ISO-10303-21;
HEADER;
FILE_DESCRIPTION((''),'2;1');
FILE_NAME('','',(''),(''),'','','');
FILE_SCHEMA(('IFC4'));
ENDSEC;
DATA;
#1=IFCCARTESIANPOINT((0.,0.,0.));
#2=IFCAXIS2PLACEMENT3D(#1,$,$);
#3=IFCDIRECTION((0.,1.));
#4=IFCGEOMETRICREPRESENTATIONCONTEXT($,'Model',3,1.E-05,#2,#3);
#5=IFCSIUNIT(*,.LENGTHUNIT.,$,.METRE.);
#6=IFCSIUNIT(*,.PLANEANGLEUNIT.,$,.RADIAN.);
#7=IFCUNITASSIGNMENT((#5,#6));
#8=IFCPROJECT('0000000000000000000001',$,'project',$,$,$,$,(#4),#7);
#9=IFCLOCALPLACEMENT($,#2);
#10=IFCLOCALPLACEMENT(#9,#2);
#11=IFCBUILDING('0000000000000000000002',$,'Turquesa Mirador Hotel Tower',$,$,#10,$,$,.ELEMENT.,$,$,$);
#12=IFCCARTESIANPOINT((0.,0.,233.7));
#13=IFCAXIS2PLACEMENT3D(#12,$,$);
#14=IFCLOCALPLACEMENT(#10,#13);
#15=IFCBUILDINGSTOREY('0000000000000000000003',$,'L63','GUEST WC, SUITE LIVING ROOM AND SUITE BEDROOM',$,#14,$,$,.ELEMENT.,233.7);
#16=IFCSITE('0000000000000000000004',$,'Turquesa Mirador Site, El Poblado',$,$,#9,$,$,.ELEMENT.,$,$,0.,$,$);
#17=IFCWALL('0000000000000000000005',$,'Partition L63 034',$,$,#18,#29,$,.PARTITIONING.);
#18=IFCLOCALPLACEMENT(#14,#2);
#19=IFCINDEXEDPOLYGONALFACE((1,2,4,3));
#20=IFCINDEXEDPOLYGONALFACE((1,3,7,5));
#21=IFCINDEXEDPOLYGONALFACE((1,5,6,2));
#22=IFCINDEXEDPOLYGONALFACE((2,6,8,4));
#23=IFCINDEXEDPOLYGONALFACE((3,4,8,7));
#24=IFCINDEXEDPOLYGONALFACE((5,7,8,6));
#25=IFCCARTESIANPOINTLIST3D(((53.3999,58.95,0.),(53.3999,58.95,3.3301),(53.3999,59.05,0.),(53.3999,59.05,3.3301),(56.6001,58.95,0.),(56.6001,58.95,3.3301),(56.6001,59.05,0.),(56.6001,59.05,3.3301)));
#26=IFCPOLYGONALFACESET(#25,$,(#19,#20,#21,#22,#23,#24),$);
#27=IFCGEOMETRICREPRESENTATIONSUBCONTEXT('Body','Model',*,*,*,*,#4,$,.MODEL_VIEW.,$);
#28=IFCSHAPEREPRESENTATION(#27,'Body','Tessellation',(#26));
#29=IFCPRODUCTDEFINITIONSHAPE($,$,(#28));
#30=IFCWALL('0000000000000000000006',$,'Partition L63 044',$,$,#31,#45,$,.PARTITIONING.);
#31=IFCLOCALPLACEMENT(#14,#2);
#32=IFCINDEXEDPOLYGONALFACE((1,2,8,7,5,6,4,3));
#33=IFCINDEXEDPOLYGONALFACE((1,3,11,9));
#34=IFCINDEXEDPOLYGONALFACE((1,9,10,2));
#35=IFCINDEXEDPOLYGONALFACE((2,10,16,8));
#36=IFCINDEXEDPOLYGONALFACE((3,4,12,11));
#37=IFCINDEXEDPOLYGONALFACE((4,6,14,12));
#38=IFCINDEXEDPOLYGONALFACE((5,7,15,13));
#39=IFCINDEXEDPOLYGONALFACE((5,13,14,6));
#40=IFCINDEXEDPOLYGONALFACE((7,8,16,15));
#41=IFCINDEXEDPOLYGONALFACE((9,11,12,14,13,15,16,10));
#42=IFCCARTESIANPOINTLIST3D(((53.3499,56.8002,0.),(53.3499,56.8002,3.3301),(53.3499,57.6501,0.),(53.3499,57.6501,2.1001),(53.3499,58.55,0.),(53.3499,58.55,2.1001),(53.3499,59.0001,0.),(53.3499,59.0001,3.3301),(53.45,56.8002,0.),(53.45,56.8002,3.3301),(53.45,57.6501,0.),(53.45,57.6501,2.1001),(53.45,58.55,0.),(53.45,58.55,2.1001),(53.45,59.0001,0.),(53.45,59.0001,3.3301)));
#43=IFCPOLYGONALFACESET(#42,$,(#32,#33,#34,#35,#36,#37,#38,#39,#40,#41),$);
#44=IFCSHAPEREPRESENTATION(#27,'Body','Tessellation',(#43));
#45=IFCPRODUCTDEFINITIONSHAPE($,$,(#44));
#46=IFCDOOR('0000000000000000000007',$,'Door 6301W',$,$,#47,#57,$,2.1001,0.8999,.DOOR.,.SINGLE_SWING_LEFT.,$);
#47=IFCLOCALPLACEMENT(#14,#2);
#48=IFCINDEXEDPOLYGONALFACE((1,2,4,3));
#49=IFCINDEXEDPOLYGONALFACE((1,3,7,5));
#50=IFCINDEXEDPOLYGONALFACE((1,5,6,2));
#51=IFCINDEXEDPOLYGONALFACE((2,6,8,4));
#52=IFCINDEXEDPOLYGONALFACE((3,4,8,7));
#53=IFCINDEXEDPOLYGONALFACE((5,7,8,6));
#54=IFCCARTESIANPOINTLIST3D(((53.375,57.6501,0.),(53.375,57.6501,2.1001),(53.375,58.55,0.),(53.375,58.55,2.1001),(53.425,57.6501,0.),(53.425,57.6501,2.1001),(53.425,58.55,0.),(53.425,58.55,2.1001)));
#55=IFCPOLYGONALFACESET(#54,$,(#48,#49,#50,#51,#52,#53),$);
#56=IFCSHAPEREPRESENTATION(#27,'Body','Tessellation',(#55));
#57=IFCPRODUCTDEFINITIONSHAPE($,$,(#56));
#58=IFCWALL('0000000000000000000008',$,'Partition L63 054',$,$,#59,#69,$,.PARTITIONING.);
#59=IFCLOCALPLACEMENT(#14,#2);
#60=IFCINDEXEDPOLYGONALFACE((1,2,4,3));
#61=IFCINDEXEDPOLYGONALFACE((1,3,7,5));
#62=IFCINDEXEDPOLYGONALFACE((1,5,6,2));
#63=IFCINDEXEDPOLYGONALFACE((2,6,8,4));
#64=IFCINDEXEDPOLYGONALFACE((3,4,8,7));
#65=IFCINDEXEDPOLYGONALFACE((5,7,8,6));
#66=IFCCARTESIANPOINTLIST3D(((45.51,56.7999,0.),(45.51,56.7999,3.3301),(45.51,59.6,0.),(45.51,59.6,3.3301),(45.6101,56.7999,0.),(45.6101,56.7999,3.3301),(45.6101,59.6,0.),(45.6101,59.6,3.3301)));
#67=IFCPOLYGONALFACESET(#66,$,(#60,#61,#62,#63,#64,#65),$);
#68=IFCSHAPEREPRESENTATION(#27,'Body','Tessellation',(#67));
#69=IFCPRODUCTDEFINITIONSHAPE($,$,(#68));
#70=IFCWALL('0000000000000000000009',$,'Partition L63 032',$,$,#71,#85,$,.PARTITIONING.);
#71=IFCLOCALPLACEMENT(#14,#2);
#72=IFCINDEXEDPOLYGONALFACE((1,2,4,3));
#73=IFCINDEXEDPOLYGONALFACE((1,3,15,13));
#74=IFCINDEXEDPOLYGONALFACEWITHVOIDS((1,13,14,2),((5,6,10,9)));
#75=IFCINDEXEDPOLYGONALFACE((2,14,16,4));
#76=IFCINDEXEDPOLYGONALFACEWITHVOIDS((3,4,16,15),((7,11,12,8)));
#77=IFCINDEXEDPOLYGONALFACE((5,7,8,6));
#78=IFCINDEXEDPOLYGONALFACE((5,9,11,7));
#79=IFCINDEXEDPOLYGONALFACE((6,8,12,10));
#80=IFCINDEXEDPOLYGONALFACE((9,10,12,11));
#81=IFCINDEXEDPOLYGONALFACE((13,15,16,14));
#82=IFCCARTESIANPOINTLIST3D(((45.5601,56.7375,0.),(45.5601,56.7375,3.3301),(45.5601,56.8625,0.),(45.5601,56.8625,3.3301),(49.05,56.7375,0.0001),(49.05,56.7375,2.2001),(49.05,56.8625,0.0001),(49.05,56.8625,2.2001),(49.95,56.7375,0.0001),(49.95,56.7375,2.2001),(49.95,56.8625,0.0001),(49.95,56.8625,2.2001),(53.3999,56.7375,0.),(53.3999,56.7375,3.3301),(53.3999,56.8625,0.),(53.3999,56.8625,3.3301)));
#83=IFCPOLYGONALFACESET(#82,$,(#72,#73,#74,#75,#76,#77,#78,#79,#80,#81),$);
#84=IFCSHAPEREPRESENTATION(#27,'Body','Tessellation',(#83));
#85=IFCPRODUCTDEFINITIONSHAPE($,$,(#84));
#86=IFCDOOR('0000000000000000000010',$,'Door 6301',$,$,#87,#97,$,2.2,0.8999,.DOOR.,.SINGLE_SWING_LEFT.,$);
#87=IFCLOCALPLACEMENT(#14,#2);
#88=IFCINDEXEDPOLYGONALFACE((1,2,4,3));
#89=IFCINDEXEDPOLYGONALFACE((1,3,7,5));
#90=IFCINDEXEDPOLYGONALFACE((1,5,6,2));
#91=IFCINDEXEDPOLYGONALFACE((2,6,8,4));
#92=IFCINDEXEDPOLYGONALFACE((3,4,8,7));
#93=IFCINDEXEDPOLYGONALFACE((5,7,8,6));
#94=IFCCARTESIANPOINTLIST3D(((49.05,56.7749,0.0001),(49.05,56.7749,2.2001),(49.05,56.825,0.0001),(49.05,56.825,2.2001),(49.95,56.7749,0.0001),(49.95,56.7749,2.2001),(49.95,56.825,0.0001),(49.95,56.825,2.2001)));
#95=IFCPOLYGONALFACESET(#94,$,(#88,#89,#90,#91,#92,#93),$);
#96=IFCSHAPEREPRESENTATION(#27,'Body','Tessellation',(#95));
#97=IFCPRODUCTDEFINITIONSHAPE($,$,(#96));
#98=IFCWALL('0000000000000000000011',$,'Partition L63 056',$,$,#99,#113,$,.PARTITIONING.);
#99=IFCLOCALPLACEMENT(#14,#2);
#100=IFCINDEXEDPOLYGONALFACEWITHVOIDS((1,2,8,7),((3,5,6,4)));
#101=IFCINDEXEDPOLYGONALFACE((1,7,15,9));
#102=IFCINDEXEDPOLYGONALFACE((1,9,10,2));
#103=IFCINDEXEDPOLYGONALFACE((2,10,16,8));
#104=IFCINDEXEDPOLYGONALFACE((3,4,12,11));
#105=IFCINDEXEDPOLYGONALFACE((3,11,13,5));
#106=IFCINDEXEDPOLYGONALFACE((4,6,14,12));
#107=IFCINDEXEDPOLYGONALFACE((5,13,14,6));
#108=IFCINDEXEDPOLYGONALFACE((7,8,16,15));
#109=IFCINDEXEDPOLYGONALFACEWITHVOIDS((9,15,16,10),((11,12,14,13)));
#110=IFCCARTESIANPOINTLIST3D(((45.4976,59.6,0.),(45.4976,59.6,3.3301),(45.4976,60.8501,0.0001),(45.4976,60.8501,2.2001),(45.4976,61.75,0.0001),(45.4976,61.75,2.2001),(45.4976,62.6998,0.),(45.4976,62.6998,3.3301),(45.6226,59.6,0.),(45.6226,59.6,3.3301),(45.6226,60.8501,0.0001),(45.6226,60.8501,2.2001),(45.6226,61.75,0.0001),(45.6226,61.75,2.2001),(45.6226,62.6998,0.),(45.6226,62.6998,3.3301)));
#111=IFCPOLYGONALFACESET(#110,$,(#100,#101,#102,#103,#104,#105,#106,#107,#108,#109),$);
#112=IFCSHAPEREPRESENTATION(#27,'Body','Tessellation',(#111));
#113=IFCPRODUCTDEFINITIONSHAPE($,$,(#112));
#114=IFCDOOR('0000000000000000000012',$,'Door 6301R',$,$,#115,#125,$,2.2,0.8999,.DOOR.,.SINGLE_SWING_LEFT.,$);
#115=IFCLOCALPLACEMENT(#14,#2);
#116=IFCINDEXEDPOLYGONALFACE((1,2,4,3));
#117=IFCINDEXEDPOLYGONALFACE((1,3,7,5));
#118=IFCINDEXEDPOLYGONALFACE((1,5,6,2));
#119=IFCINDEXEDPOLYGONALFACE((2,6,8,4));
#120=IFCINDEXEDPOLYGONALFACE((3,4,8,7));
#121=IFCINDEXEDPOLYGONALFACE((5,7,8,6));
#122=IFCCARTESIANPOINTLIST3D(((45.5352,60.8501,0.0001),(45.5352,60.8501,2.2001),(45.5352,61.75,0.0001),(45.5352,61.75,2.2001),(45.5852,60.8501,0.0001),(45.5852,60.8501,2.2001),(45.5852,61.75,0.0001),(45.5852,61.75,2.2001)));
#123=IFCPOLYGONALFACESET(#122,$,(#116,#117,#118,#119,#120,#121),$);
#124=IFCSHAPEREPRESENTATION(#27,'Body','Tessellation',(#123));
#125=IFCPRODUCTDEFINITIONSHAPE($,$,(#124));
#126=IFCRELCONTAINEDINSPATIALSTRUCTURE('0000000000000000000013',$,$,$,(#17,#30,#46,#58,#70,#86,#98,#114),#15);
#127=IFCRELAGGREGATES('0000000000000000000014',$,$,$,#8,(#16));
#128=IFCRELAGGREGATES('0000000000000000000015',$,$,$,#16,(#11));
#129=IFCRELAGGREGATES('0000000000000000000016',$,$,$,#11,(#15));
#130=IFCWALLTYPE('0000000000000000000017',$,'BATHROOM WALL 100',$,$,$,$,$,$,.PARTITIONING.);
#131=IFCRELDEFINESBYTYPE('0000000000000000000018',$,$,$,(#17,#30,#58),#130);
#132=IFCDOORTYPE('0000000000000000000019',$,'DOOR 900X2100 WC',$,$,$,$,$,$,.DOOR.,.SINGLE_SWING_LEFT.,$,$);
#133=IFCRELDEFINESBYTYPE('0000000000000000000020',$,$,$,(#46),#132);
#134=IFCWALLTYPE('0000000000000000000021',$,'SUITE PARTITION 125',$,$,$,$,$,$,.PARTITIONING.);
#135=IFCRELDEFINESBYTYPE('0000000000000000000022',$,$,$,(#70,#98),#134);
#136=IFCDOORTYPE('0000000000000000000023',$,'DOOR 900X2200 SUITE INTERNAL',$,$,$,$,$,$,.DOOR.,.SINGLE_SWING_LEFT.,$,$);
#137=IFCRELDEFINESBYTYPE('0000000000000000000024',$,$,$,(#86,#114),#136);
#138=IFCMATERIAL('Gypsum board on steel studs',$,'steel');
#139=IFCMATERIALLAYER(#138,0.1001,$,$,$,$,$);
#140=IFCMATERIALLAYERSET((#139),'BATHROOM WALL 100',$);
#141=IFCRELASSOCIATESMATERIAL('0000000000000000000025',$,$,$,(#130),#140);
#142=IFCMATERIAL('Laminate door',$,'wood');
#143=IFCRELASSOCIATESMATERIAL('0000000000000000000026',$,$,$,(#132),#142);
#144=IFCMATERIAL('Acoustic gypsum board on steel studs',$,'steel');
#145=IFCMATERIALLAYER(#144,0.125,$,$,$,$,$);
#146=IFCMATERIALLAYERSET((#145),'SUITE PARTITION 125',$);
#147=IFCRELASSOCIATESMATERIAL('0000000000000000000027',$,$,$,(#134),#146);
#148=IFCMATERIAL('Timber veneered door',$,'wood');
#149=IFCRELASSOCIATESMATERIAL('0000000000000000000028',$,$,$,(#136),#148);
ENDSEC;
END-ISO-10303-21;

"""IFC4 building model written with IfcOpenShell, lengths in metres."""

from ifc_helpers import new_model, si_unit, direction, frame, frame_2d, origin, place, context, subcontext, project, spatial, rectangle, extrude, material, layer, layer_set, type_object, element, fill, save


model = new_model("IFC4")

# Units and contexts
model_context = context("Model", 3, precision=1e-05, world=origin(), true_north=direction((0.0, 1.0)))
body_context = subcontext(model_context, "Body", "Model", "MODEL_VIEW")
ifc_project = project(units=[si_unit("LENGTHUNIT", "METRE"), si_unit("PLANEANGLEUNIT", "RADIAN")], contexts=[model_context])

# Site, building, storey
site_placement = place(None, origin())
site = spatial("IfcSite", under=ifc_project, at=site_placement, Name="Turquesa Mirador Site, El Poblado", CompositionType="ELEMENT", RefElevation=0.0)
building_placement = place(site_placement, origin())
building = spatial("IfcBuilding", under=site, at=building_placement, Name="Turquesa Mirador Hotel Tower", CompositionType="ELEMENT")
storey_placement = place(building_placement, frame((0.0, 0.0, 233.7)))
storey = spatial("IfcBuildingStorey", under=building, at=storey_placement, Name="L63", Description="GUEST WC, SUITE LIVING ROOM AND SUITE BEDROOM", CompositionType="ELEMENT", Elevation=233.7)

# Wall
ifc_material_1 = material(Name="Gypsum board on steel studs", Category="steel")
ifc_layer_1 = layer(ifc_material_1, 0.1001)
ifc_layer_set_1 = layer_set([ifc_layer_1], Name="BATHROOM WALL 100")
wall_type_1 = type_object("IfcWallType", Name="BATHROOM WALL 100", PredefinedType="PARTITIONING", material=ifc_layer_set_1)
for number, where, z_axis, x_axis, name in (
    (1, (53.3999, 59.0, 0.0), (0.0, 0.0, 1.0), (1.0, 0.0, 0.0), "Partition L63 034"),
):
    element("IfcWall", number, at=place(storey_placement, frame(where, z_axis=z_axis, x_axis=x_axis)), inside=storey, type_object=wall_type_1, Name=name, PredefinedType="PARTITIONING", context=body_context, shape_type="SweptSolid", body=[
        extrude(rectangle(XDim=3.2002, YDim=0.1001, at=frame_2d((1.6001, 0.0))), origin(), (0.0, 0.0, 1.0), 3.3301),
    ])

# Wall, opening, door
wall_1_placement = place(storey_placement, frame((53.3999, 56.8, 0.0), z_axis=(0.0, 0.0, 1.0), x_axis=(0.0, 1.0, 0.0)))
wall_1 = element("IfcWall", 2, at=wall_1_placement, inside=storey, type_object=wall_type_1, Name="Partition L63 044", PredefinedType="PARTITIONING", context=body_context, shape_type="SweptSolid", body=[
    extrude(rectangle(XDim=2.2, YDim=0.1001, at=frame_2d((1.1001, 0.0))), origin(), (0.0, 0.0, 1.0), 3.3301),
])
opening_1_placement = place(wall_1_placement, frame((0.8501, 0.0, 0.0)))
opening_1 = element("IfcOpeningElement", 3, at=opening_1_placement, cuts=wall_1, PredefinedType="OPENING", context=body_context, shape_type="SweptSolid", body=[
    extrude(rectangle(XDim=0.8999, YDim=2.1001, at=frame_2d((0.45, 1.05))), frame((0.0, 0.0601, 0.0), z_axis=(0.0, -1.0, 0.0), x_axis=(1.0, 0.0, 0.0)), (0.0, 0.0, 1.0), 0.1201),
])
ifc_material_2 = material(Name="Laminate door", Category="wood")
door_type_1 = type_object("IfcDoorType", Name="DOOR 900X2100 WC", OperationType="SINGLE_SWING_LEFT", PredefinedType="DOOR", material=ifc_material_2)
door_1_placement = place(opening_1_placement, origin())
door_1 = element("IfcDoor", 4, at=door_1_placement, inside=storey, type_object=door_type_1, Name="Door 6301W", OperationType="SINGLE_SWING_LEFT", OverallHeight=2.1001, OverallWidth=0.8999, PredefinedType="DOOR", context=body_context, shape_type="SweptSolid", body=[
    extrude(rectangle(XDim=0.8999, YDim=2.1001, at=frame_2d((0.45, 1.05))), frame((0.0, 0.0249, 0.0), z_axis=(0.0, -1.0, 0.0), x_axis=(1.0, 0.0, 0.0)), (0.0, 0.0, 1.0), 0.05),
])
fill(opening_1, door_1)

# Wall
wall_2_placement = place(storey_placement, frame((45.5601, 56.8, 0.0), z_axis=(0.0, 0.0, 1.0), x_axis=(0.0, 1.0, 0.0)))
element("IfcWall", 5, at=wall_2_placement, inside=storey, type_object=wall_type_1, Name="Partition L63 054", PredefinedType="PARTITIONING", context=body_context, shape_type="SweptSolid", body=[
    extrude(rectangle(XDim=2.8, YDim=0.1001, at=frame_2d((1.3999, 0.0))), origin(), (0.0, 0.0, 1.0), 3.3301),
])

# Walls, openings, doors
ifc_material_3 = material(Name="Acoustic gypsum board on steel studs", Category="steel")
ifc_layer_2 = layer(ifc_material_3, 0.125)
ifc_layer_set_2 = layer_set([ifc_layer_2], Name="SUITE PARTITION 125")
wall_type_2 = type_object("IfcWallType", Name="SUITE PARTITION 125", PredefinedType="PARTITIONING", material=ifc_layer_set_2)
wall_3_placement = place(storey_placement, frame((45.5601, 56.8, 0.0), z_axis=(0.0, 0.0, 1.0), x_axis=(1.0, 0.0, 0.0)))
wall_3 = element("IfcWall", 6, at=wall_3_placement, inside=storey, type_object=wall_type_2, Name="Partition L63 032", PredefinedType="PARTITIONING", context=body_context, shape_type="SweptSolid", body=[
    extrude(rectangle(XDim=7.8398, YDim=0.125, at=frame_2d((3.9199, 0.0))), origin(), (0.0, 0.0, 1.0), 3.3301),
])
opening_2_placement = place(wall_3_placement, frame((3.49, 0.0, 0.0)))
opening_2 = element("IfcOpeningElement", 7, at=opening_2_placement, cuts=wall_3, PredefinedType="OPENING", context=body_context, shape_type="SweptSolid", body=[
    extrude(rectangle(XDim=0.8999, YDim=2.2, at=frame_2d((0.45, 1.1001))), frame((0.0, 0.0725, 0.0), z_axis=(0.0, -1.0, 0.0), x_axis=(1.0, 0.0, 0.0)), (0.0, 0.0, 1.0), 0.145),
])
ifc_material_4 = material(Name="Timber veneered door", Category="wood")
door_type_2 = type_object("IfcDoorType", Name="DOOR 900X2200 SUITE INTERNAL", OperationType="SINGLE_SWING_LEFT", PredefinedType="DOOR", material=ifc_material_4)
door_2_placement = place(opening_2_placement, origin())
door_2 = element("IfcDoor", 8, at=door_2_placement, inside=storey, type_object=door_type_2, Name="Door 6301", OperationType="SINGLE_SWING_LEFT", OverallHeight=2.2, OverallWidth=0.8999, PredefinedType="DOOR", context=body_context, shape_type="SweptSolid", body=[
    extrude(rectangle(XDim=0.8999, YDim=2.2, at=frame_2d((0.45, 1.1001))), frame((0.0, 0.0249, 0.0), z_axis=(0.0, -1.0, 0.0), x_axis=(1.0, 0.0, 0.0)), (0.0, 0.0, 1.0), 0.05),
])
fill(opening_2, door_2)
wall_4_placement = place(storey_placement, frame((45.5601, 59.6001, 0.0), z_axis=(0.0, 0.0, 1.0), x_axis=(0.0, 1.0, 0.0)))
wall_4 = element("IfcWall", 9, at=wall_4_placement, inside=storey, type_object=wall_type_2, Name="Partition L63 056", PredefinedType="PARTITIONING", context=body_context, shape_type="SweptSolid", body=[
    extrude(rectangle(XDim=3.0999, YDim=0.125, at=frame_2d((1.5498, 0.0))), origin(), (0.0, 0.0, 1.0), 3.3301),
])
opening_3_placement = place(wall_4_placement, frame((1.25, 0.0, 0.0)))
opening_3 = element("IfcOpeningElement", 10, at=opening_3_placement, cuts=wall_4, PredefinedType="OPENING", context=body_context, shape_type="SweptSolid", body=[
    extrude(rectangle(XDim=0.8999, YDim=2.2, at=frame_2d((0.45, 1.1001))), frame((0.0, 0.0725, 0.0), z_axis=(0.0, -1.0, 0.0), x_axis=(1.0, 0.0, 0.0)), (0.0, 0.0, 1.0), 0.145),
])
door_3_placement = place(opening_3_placement, origin())
door_3 = element("IfcDoor", 11, at=door_3_placement, inside=storey, type_object=door_type_2, Name="Door 6301R", OperationType="SINGLE_SWING_LEFT", OverallHeight=2.2, OverallWidth=0.8999, PredefinedType="DOOR", context=body_context, shape_type="SweptSolid", body=[
    extrude(rectangle(XDim=0.8999, YDim=2.2, at=frame_2d((0.45, 1.1001))), frame((0.0, 0.0249, 0.0), z_axis=(0.0, -1.0, 0.0), x_axis=(1.0, 0.0, 0.0)), (0.0, 0.0, 1.0), 0.05),
])
fill(opening_3, door_3)

save(model, "model.ifc")
